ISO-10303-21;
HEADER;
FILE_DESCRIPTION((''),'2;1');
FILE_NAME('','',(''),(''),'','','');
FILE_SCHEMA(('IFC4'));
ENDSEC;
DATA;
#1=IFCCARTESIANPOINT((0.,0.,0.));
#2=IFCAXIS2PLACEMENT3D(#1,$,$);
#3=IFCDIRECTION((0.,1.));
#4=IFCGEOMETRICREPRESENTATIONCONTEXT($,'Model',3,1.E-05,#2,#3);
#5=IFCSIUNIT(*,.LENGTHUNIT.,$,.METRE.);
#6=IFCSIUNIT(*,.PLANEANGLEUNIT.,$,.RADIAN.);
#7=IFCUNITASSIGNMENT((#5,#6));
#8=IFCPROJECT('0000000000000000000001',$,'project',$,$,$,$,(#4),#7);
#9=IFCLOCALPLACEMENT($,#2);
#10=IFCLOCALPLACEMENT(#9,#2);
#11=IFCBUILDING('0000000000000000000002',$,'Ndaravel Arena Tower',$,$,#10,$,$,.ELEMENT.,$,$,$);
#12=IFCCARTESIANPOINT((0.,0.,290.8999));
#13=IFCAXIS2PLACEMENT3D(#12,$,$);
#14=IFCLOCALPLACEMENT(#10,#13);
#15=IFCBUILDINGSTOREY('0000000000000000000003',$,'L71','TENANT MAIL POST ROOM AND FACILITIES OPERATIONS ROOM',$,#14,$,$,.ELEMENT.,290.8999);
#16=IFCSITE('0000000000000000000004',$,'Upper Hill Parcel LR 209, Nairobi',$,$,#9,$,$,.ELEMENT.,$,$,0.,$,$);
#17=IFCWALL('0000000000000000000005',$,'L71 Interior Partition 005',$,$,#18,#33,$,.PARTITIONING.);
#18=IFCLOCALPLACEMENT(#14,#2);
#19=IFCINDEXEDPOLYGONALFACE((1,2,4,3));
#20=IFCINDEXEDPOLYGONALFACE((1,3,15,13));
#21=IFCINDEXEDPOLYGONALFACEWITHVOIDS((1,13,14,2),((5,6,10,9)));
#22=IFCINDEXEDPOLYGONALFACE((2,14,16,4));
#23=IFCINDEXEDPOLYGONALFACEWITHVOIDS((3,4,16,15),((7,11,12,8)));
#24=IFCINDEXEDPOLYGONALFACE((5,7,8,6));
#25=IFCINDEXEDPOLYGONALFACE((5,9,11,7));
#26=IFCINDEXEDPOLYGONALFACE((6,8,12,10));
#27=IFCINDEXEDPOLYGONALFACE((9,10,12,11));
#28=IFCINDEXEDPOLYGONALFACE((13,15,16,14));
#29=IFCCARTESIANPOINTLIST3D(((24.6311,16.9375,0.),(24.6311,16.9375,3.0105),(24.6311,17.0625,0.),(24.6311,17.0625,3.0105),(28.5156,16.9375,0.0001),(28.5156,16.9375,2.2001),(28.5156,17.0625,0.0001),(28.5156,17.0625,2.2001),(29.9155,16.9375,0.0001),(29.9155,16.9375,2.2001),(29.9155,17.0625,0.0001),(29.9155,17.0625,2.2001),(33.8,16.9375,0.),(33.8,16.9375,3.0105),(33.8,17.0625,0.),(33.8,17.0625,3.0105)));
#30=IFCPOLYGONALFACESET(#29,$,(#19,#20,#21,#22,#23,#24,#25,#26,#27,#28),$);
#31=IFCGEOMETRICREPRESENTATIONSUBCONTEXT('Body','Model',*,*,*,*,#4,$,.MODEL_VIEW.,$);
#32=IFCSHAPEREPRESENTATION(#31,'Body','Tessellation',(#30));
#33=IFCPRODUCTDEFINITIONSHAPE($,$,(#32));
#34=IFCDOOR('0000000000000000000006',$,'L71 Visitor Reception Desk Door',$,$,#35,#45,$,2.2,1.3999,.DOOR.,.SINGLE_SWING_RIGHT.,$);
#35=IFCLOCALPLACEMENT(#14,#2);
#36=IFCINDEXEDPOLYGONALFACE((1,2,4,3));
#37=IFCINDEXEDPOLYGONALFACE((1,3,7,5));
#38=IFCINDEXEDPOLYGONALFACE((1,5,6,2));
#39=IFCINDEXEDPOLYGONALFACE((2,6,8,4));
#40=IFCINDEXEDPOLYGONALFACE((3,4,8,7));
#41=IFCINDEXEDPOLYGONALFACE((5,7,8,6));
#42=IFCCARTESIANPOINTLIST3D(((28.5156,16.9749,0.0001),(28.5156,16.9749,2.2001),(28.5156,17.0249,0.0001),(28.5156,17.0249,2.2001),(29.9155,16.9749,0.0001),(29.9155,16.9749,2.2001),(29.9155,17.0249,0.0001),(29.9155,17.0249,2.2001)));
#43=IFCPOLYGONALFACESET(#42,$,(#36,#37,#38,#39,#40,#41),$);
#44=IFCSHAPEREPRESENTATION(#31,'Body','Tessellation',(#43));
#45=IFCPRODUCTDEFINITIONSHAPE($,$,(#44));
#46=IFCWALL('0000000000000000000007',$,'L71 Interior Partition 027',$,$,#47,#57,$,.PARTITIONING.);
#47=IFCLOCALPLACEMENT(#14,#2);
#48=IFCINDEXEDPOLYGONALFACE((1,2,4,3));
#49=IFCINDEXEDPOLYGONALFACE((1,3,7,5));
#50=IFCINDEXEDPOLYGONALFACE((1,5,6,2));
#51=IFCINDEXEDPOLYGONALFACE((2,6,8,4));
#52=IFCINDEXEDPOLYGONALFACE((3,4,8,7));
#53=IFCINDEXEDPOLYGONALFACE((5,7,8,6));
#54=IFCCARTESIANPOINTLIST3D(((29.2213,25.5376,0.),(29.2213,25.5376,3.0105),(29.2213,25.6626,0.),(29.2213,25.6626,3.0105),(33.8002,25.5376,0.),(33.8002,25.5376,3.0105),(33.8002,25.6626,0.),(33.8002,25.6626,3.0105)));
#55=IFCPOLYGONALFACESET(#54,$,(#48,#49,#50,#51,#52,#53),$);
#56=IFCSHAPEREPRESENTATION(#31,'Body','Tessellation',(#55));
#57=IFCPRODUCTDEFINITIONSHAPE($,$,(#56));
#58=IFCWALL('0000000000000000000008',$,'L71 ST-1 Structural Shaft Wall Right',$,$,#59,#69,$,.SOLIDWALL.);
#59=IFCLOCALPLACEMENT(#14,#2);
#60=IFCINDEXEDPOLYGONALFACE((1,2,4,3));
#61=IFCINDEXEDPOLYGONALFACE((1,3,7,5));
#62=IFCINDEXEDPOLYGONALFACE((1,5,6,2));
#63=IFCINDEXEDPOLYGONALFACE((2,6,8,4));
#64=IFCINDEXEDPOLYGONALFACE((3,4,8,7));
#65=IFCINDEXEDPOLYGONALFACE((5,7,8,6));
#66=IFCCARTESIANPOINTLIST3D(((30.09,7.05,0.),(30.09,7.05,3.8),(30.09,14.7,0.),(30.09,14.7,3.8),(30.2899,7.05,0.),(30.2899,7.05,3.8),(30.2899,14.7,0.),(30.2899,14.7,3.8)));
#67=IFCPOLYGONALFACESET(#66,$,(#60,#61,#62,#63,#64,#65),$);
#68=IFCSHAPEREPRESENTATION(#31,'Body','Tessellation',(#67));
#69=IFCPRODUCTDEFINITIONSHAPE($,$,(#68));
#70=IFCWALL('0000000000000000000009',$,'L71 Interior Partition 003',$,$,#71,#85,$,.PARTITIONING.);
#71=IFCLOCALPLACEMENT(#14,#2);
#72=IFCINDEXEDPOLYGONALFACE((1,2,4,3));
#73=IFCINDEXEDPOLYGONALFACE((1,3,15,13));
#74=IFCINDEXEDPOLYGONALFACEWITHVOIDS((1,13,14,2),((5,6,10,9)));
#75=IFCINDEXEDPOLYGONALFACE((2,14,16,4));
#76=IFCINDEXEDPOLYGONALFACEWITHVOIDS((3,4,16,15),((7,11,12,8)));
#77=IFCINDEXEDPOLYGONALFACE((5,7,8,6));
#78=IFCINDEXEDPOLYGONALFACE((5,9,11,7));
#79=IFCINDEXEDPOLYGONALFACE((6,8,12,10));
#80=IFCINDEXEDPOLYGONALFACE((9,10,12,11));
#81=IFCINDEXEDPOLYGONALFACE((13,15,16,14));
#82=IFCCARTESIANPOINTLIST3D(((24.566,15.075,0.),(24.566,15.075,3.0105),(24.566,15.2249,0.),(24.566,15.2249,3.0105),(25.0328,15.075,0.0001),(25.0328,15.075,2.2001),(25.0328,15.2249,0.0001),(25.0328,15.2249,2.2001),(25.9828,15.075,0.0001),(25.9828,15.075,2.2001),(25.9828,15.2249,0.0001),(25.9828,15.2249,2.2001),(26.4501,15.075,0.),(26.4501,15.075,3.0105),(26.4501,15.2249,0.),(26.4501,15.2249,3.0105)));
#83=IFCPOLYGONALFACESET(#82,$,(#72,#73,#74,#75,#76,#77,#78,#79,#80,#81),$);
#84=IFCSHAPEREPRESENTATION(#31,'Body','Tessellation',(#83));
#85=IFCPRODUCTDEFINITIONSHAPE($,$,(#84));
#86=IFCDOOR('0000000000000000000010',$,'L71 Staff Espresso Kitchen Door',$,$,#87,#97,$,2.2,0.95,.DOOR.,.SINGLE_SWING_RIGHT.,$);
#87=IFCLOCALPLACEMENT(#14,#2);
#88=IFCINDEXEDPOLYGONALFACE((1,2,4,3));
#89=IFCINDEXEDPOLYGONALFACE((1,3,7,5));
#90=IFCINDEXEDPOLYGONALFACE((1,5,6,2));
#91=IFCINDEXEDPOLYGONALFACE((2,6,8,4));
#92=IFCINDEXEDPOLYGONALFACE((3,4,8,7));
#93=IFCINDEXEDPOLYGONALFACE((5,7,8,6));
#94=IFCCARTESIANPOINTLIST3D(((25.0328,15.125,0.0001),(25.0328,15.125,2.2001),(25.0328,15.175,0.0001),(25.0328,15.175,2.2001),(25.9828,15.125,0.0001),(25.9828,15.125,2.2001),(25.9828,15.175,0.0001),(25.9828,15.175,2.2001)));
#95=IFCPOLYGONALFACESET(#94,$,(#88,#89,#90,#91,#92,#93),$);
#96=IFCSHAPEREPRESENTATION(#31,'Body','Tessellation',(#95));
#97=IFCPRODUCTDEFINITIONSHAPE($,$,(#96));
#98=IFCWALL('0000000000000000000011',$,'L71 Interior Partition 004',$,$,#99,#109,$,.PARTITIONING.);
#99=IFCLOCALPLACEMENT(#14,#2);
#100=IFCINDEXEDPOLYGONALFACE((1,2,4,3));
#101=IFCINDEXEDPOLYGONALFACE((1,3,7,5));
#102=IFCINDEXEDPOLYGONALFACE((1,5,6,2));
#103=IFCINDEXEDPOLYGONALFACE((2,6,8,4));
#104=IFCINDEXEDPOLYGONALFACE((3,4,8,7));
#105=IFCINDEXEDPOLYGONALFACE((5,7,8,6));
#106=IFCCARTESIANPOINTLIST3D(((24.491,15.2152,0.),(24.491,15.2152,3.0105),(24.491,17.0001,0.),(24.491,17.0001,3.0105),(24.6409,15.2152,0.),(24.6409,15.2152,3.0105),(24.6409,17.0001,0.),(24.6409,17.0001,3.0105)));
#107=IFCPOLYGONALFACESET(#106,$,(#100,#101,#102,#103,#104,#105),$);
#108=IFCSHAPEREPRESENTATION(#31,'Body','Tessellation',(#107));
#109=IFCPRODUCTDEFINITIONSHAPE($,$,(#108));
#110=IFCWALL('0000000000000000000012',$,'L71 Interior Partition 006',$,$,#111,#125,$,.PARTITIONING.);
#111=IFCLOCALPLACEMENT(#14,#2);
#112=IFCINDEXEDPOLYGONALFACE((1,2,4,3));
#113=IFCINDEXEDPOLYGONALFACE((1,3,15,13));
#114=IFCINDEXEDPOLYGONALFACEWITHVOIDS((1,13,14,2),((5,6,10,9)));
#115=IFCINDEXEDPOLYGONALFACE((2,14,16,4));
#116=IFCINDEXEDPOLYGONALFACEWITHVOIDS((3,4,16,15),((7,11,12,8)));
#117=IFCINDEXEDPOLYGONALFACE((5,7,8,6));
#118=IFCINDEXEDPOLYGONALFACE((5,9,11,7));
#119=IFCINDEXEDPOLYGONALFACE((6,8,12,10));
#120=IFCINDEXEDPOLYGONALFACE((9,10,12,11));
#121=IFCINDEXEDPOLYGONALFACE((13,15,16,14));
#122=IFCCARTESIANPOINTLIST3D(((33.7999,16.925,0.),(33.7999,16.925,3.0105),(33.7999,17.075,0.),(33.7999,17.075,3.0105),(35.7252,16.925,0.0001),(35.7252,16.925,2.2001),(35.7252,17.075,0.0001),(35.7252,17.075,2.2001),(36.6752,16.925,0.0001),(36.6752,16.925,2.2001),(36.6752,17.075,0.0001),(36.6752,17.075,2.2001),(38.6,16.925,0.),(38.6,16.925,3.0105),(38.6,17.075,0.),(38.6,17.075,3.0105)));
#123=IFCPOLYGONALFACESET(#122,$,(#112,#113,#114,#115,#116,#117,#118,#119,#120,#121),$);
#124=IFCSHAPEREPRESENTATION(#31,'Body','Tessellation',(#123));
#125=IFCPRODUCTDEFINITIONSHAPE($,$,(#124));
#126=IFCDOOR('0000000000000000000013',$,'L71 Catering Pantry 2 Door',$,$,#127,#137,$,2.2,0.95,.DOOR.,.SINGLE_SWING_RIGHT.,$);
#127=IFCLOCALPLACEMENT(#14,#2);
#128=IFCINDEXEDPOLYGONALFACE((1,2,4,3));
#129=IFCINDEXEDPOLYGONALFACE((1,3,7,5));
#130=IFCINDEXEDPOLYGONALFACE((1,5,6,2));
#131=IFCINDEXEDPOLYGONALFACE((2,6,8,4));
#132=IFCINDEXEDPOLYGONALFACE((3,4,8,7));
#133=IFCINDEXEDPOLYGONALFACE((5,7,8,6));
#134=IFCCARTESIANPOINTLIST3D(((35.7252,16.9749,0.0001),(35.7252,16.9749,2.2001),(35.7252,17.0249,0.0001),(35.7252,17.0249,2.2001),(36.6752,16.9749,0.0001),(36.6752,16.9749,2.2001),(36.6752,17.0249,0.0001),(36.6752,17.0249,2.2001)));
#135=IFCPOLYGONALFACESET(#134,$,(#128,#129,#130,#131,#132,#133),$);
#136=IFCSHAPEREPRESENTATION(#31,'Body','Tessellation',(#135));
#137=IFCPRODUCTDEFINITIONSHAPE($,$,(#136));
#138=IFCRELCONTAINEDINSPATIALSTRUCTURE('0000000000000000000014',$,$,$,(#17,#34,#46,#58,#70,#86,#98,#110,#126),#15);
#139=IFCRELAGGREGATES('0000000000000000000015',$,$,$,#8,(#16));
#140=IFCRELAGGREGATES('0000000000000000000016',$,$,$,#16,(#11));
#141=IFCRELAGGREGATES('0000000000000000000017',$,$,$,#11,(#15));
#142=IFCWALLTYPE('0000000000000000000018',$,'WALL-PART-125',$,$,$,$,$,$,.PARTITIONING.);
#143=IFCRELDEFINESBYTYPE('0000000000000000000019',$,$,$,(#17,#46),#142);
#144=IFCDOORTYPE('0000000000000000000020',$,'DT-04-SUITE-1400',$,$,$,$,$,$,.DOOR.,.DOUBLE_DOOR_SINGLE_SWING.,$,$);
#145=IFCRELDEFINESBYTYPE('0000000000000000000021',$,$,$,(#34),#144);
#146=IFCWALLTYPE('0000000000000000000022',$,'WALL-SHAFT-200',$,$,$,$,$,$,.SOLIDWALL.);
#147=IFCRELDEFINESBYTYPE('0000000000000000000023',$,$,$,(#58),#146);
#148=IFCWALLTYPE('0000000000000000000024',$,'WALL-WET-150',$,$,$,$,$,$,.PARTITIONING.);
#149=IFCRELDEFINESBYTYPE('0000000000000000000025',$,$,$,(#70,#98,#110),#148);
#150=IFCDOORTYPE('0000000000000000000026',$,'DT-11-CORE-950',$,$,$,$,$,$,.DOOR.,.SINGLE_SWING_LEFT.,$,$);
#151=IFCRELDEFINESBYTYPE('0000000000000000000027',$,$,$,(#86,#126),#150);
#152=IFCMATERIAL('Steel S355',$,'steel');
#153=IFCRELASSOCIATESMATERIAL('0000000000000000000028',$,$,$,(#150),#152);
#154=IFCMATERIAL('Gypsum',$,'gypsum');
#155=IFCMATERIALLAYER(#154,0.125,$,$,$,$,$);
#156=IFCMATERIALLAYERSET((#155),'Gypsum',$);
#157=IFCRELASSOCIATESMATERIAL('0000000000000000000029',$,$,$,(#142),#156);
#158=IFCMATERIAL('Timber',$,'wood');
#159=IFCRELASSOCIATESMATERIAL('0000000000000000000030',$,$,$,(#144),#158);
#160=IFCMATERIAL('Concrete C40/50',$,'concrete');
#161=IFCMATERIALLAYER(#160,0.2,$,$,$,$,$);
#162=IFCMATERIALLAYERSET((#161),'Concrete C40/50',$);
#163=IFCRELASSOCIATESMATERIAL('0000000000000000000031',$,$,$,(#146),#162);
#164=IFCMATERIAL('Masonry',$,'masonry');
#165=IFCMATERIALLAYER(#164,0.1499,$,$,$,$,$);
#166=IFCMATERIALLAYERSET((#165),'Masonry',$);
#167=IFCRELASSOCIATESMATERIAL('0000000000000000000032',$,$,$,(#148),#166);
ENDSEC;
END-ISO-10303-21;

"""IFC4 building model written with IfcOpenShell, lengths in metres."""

from ifc_helpers import new_model, si_unit, direction, frame, frame_2d, origin, place, context, subcontext, project, spatial, rectangle, extrude, material, layer, layer_set, type_object, element, fill, save


model = new_model("IFC4")

# Units and contexts
model_context = context("Model", 3, precision=1e-05, world=origin(), true_north=direction((0.0, 1.0)))
body_context = subcontext(model_context, "Body", "Model", "MODEL_VIEW")
ifc_project = project(units=[si_unit("LENGTHUNIT", "METRE"), si_unit("PLANEANGLEUNIT", "RADIAN")], contexts=[model_context])

# Site, building, storey
site_placement = place(None, origin())
site = spatial("IfcSite", under=ifc_project, at=site_placement, Name="Upper Hill Parcel LR 209, Nairobi", CompositionType="ELEMENT", RefElevation=0.0)
building_placement = place(site_placement, origin())
building = spatial("IfcBuilding", under=site, at=building_placement, Name="Ndaravel Arena Tower", CompositionType="ELEMENT")
storey_placement = place(building_placement, frame((0.0, 0.0, 290.8999)))
storey = spatial("IfcBuildingStorey", under=building, at=storey_placement, Name="L71", Description="TENANT MAIL POST ROOM AND FACILITIES OPERATIONS ROOM", CompositionType="ELEMENT", Elevation=290.8999)

# Shared definitions
ifc_material_1 = material(Name="Steel S355", Category="steel")
door_type_1 = type_object("IfcDoorType", Name="DT-11-CORE-950", OperationType="SINGLE_SWING_LEFT", PredefinedType="DOOR", material=ifc_material_1)

# Wall, opening, door
ifc_material_2 = material(Name="Gypsum", Category="gypsum")
ifc_layer_1 = layer(ifc_material_2, 0.125)
ifc_layer_set_1 = layer_set([ifc_layer_1], Name="Gypsum")
wall_type_1 = type_object("IfcWallType", Name="WALL-PART-125", PredefinedType="PARTITIONING", material=ifc_layer_set_1)
wall_1_placement = place(storey_placement, frame((24.6311, 17.0, 0.0), z_axis=(0.0, 0.0, 1.0), x_axis=(1.0, 0.0, 0.0)))
wall_1 = element("IfcWall", 1, at=wall_1_placement, inside=storey, type_object=wall_type_1, Name="L71 Interior Partition 005", PredefinedType="PARTITIONING", context=body_context, shape_type="SweptSolid", body=[
    extrude(rectangle(XDim=9.1689, YDim=0.125, at=frame_2d((4.5845, 0.0))), origin(), (0.0, 0.0, 1.0), 3.0105),
])
opening_1_placement = place(wall_1_placement, frame((3.8845, 0.0, 0.0)))
opening_1 = element("IfcOpeningElement", 2, at=opening_1_placement, cuts=wall_1, PredefinedType="OPENING", context=body_context, shape_type="SweptSolid", body=[
    extrude(rectangle(XDim=1.3999, YDim=2.2, at=frame_2d((0.7, 1.1001))), frame((0.0, 0.0625, 0.0), z_axis=(0.0, -1.0, 0.0), x_axis=(1.0, 0.0, 0.0)), (0.0, 0.0, 1.0), 0.125),
])
ifc_material_3 = material(Name="Timber", Category="wood")
door_type_2 = type_object("IfcDoorType", Name="DT-04-SUITE-1400", OperationType="DOUBLE_DOOR_SINGLE_SWING", PredefinedType="DOOR", material=ifc_material_3)
door_1_placement = place(opening_1_placement, origin())
door_1 = element("IfcDoor", 3, at=door_1_placement, inside=storey, type_object=door_type_2, Name="L71 Visitor Reception Desk Door", OperationType="SINGLE_SWING_RIGHT", OverallHeight=2.2, OverallWidth=1.3999, PredefinedType="DOOR", context=body_context, shape_type="SweptSolid", body=[
    extrude(rectangle(XDim=1.3999, YDim=2.2, at=frame_2d((0.7, 1.1001))), frame((0.0, 0.0249, 0.0), z_axis=(0.0, -1.0, 0.0), x_axis=(1.0, 0.0, 0.0)), (0.0, 0.0, 1.0), 0.05),
])
fill(opening_1, door_1)

# Walls
wall_2_placement = place(storey_placement, frame((29.2212, 25.6001, 0.0), z_axis=(0.0, 0.0, 1.0), x_axis=(1.0, 0.0, 0.0)))
element("IfcWall", 4, at=wall_2_placement, inside=storey, type_object=wall_type_1, Name="L71 Interior Partition 027", PredefinedType="PARTITIONING", context=body_context, shape_type="SweptSolid", body=[
    extrude(rectangle(XDim=4.5789, YDim=0.125, at=frame_2d((2.2896, 0.0))), origin(), (0.0, 0.0, 1.0), 3.0105),
])
ifc_material_4 = material(Name="Concrete C40/50", Category="concrete")
ifc_layer_2 = layer(ifc_material_4, 0.2)
ifc_layer_set_2 = layer_set([ifc_layer_2], Name="Concrete C40/50")
wall_type_2 = type_object("IfcWallType", Name="WALL-SHAFT-200", PredefinedType="SOLIDWALL", material=ifc_layer_set_2)
wall_3_placement = place(storey_placement, frame((30.1899, 14.7, 0.0), z_axis=(0.0, 0.0, 1.0), x_axis=(0.0, -1.0, 0.0)))
element("IfcWall", 5, at=wall_3_placement, inside=storey, type_object=wall_type_2, Name="L71 ST-1 Structural Shaft Wall Right", PredefinedType="SOLIDWALL", context=body_context, shape_type="SweptSolid", body=[
    extrude(rectangle(XDim=7.6499, YDim=0.2, at=frame_2d((3.825, 0.0))), origin(), (0.0, 0.0, 1.0), 3.8),
])

# Wall, opening, door
ifc_material_5 = material(Name="Masonry", Category="masonry")
ifc_layer_3 = layer(ifc_material_5, 0.1499)
ifc_layer_set_3 = layer_set([ifc_layer_3], Name="Masonry")
wall_type_3 = type_object("IfcWallType", Name="WALL-WET-150", PredefinedType="PARTITIONING", material=ifc_layer_set_3)
wall_4_placement = place(storey_placement, frame((26.45, 15.1499, 0.0), z_axis=(0.0, 0.0, 1.0), x_axis=(-1.0, 0.0, 0.0)))
wall_4 = element("IfcWall", 6, at=wall_4_placement, inside=storey, type_object=wall_type_3, Name="L71 Interior Partition 003", PredefinedType="PARTITIONING", context=body_context, shape_type="SweptSolid", body=[
    extrude(rectangle(XDim=1.884, YDim=0.1499, at=frame_2d((0.9419, 0.0))), origin(), (0.0, 0.0, 1.0), 3.0105),
])
opening_2_placement = place(wall_4_placement, frame((0.467, 0.0, 0.0)))
opening_2 = element("IfcOpeningElement", 7, at=opening_2_placement, cuts=wall_4, PredefinedType="OPENING", context=body_context, shape_type="SweptSolid", body=[
    extrude(rectangle(XDim=0.95, YDim=2.2, at=frame_2d((0.4751, 1.1001))), frame((0.0, 0.075, 0.0), z_axis=(0.0, -1.0, 0.0), x_axis=(1.0, 0.0, 0.0)), (0.0, 0.0, 1.0), 0.1499),
])
door_2_placement = place(opening_2_placement, origin())
door_2 = element("IfcDoor", 8, at=door_2_placement, inside=storey, type_object=door_type_1, Name="L71 Staff Espresso Kitchen Door", OperationType="SINGLE_SWING_RIGHT", OverallHeight=2.2, OverallWidth=0.95, PredefinedType="DOOR", context=body_context, shape_type="SweptSolid", body=[
    extrude(rectangle(XDim=0.95, YDim=2.2, at=frame_2d((0.4751, 1.1001))), frame((0.0, 0.0249, 0.0), z_axis=(0.0, -1.0, 0.0), x_axis=(1.0, 0.0, 0.0)), (0.0, 0.0, 1.0), 0.05),
])
fill(opening_2, door_2)

# Wall
wall_5_placement = place(storey_placement, frame((24.5659, 15.2151, 0.0), z_axis=(0.0, 0.0, 1.0), x_axis=(0.0, 1.0, 0.0)))
element("IfcWall", 9, at=wall_5_placement, inside=storey, type_object=wall_type_3, Name="L71 Interior Partition 004", PredefinedType="PARTITIONING", context=body_context, shape_type="SweptSolid", body=[
    extrude(rectangle(XDim=1.7849, YDim=0.1499, at=frame_2d((0.8926, 0.0))), origin(), (0.0, 0.0, 1.0), 3.0105),
])

# Wall, opening, door
wall_6_placement = place(storey_placement, frame((33.8, 17.0, 0.0), z_axis=(0.0, 0.0, 1.0), x_axis=(1.0, 0.0, 0.0)))
wall_6 = element("IfcWall", 10, at=wall_6_placement, inside=storey, type_object=wall_type_3, Name="L71 Interior Partition 006", PredefinedType="PARTITIONING", context=body_context, shape_type="SweptSolid", body=[
    extrude(rectangle(XDim=4.8, YDim=0.1499, at=frame_2d((2.3999, 0.0))), origin(), (0.0, 0.0, 1.0), 3.0105),
])
opening_3_placement = place(wall_6_placement, frame((1.925, 0.0, 0.0)))
opening_3 = element("IfcOpeningElement", 11, at=opening_3_placement, cuts=wall_6, PredefinedType="OPENING", context=body_context, shape_type="SweptSolid", body=[
    extrude(rectangle(XDim=0.95, YDim=2.2, at=frame_2d((0.4751, 1.1001))), frame((0.0, 0.075, 0.0), z_axis=(0.0, -1.0, 0.0), x_axis=(1.0, 0.0, 0.0)), (0.0, 0.0, 1.0), 0.1499),
])
door_3_placement = place(opening_3_placement, origin())
door_3 = element("IfcDoor", 12, at=door_3_placement, inside=storey, type_object=door_type_1, Name="L71 Catering Pantry 2 Door", OperationType="SINGLE_SWING_RIGHT", OverallHeight=2.2, OverallWidth=0.95, PredefinedType="DOOR", context=body_context, shape_type="SweptSolid", body=[
    extrude(rectangle(XDim=0.95, YDim=2.2, at=frame_2d((0.4751, 1.1001))), frame((0.0, 0.0249, 0.0), z_axis=(0.0, -1.0, 0.0), x_axis=(1.0, 0.0, 0.0)), (0.0, 0.0, 1.0), 0.05),
])
fill(opening_3, door_3)

save(model, "model.ifc")
